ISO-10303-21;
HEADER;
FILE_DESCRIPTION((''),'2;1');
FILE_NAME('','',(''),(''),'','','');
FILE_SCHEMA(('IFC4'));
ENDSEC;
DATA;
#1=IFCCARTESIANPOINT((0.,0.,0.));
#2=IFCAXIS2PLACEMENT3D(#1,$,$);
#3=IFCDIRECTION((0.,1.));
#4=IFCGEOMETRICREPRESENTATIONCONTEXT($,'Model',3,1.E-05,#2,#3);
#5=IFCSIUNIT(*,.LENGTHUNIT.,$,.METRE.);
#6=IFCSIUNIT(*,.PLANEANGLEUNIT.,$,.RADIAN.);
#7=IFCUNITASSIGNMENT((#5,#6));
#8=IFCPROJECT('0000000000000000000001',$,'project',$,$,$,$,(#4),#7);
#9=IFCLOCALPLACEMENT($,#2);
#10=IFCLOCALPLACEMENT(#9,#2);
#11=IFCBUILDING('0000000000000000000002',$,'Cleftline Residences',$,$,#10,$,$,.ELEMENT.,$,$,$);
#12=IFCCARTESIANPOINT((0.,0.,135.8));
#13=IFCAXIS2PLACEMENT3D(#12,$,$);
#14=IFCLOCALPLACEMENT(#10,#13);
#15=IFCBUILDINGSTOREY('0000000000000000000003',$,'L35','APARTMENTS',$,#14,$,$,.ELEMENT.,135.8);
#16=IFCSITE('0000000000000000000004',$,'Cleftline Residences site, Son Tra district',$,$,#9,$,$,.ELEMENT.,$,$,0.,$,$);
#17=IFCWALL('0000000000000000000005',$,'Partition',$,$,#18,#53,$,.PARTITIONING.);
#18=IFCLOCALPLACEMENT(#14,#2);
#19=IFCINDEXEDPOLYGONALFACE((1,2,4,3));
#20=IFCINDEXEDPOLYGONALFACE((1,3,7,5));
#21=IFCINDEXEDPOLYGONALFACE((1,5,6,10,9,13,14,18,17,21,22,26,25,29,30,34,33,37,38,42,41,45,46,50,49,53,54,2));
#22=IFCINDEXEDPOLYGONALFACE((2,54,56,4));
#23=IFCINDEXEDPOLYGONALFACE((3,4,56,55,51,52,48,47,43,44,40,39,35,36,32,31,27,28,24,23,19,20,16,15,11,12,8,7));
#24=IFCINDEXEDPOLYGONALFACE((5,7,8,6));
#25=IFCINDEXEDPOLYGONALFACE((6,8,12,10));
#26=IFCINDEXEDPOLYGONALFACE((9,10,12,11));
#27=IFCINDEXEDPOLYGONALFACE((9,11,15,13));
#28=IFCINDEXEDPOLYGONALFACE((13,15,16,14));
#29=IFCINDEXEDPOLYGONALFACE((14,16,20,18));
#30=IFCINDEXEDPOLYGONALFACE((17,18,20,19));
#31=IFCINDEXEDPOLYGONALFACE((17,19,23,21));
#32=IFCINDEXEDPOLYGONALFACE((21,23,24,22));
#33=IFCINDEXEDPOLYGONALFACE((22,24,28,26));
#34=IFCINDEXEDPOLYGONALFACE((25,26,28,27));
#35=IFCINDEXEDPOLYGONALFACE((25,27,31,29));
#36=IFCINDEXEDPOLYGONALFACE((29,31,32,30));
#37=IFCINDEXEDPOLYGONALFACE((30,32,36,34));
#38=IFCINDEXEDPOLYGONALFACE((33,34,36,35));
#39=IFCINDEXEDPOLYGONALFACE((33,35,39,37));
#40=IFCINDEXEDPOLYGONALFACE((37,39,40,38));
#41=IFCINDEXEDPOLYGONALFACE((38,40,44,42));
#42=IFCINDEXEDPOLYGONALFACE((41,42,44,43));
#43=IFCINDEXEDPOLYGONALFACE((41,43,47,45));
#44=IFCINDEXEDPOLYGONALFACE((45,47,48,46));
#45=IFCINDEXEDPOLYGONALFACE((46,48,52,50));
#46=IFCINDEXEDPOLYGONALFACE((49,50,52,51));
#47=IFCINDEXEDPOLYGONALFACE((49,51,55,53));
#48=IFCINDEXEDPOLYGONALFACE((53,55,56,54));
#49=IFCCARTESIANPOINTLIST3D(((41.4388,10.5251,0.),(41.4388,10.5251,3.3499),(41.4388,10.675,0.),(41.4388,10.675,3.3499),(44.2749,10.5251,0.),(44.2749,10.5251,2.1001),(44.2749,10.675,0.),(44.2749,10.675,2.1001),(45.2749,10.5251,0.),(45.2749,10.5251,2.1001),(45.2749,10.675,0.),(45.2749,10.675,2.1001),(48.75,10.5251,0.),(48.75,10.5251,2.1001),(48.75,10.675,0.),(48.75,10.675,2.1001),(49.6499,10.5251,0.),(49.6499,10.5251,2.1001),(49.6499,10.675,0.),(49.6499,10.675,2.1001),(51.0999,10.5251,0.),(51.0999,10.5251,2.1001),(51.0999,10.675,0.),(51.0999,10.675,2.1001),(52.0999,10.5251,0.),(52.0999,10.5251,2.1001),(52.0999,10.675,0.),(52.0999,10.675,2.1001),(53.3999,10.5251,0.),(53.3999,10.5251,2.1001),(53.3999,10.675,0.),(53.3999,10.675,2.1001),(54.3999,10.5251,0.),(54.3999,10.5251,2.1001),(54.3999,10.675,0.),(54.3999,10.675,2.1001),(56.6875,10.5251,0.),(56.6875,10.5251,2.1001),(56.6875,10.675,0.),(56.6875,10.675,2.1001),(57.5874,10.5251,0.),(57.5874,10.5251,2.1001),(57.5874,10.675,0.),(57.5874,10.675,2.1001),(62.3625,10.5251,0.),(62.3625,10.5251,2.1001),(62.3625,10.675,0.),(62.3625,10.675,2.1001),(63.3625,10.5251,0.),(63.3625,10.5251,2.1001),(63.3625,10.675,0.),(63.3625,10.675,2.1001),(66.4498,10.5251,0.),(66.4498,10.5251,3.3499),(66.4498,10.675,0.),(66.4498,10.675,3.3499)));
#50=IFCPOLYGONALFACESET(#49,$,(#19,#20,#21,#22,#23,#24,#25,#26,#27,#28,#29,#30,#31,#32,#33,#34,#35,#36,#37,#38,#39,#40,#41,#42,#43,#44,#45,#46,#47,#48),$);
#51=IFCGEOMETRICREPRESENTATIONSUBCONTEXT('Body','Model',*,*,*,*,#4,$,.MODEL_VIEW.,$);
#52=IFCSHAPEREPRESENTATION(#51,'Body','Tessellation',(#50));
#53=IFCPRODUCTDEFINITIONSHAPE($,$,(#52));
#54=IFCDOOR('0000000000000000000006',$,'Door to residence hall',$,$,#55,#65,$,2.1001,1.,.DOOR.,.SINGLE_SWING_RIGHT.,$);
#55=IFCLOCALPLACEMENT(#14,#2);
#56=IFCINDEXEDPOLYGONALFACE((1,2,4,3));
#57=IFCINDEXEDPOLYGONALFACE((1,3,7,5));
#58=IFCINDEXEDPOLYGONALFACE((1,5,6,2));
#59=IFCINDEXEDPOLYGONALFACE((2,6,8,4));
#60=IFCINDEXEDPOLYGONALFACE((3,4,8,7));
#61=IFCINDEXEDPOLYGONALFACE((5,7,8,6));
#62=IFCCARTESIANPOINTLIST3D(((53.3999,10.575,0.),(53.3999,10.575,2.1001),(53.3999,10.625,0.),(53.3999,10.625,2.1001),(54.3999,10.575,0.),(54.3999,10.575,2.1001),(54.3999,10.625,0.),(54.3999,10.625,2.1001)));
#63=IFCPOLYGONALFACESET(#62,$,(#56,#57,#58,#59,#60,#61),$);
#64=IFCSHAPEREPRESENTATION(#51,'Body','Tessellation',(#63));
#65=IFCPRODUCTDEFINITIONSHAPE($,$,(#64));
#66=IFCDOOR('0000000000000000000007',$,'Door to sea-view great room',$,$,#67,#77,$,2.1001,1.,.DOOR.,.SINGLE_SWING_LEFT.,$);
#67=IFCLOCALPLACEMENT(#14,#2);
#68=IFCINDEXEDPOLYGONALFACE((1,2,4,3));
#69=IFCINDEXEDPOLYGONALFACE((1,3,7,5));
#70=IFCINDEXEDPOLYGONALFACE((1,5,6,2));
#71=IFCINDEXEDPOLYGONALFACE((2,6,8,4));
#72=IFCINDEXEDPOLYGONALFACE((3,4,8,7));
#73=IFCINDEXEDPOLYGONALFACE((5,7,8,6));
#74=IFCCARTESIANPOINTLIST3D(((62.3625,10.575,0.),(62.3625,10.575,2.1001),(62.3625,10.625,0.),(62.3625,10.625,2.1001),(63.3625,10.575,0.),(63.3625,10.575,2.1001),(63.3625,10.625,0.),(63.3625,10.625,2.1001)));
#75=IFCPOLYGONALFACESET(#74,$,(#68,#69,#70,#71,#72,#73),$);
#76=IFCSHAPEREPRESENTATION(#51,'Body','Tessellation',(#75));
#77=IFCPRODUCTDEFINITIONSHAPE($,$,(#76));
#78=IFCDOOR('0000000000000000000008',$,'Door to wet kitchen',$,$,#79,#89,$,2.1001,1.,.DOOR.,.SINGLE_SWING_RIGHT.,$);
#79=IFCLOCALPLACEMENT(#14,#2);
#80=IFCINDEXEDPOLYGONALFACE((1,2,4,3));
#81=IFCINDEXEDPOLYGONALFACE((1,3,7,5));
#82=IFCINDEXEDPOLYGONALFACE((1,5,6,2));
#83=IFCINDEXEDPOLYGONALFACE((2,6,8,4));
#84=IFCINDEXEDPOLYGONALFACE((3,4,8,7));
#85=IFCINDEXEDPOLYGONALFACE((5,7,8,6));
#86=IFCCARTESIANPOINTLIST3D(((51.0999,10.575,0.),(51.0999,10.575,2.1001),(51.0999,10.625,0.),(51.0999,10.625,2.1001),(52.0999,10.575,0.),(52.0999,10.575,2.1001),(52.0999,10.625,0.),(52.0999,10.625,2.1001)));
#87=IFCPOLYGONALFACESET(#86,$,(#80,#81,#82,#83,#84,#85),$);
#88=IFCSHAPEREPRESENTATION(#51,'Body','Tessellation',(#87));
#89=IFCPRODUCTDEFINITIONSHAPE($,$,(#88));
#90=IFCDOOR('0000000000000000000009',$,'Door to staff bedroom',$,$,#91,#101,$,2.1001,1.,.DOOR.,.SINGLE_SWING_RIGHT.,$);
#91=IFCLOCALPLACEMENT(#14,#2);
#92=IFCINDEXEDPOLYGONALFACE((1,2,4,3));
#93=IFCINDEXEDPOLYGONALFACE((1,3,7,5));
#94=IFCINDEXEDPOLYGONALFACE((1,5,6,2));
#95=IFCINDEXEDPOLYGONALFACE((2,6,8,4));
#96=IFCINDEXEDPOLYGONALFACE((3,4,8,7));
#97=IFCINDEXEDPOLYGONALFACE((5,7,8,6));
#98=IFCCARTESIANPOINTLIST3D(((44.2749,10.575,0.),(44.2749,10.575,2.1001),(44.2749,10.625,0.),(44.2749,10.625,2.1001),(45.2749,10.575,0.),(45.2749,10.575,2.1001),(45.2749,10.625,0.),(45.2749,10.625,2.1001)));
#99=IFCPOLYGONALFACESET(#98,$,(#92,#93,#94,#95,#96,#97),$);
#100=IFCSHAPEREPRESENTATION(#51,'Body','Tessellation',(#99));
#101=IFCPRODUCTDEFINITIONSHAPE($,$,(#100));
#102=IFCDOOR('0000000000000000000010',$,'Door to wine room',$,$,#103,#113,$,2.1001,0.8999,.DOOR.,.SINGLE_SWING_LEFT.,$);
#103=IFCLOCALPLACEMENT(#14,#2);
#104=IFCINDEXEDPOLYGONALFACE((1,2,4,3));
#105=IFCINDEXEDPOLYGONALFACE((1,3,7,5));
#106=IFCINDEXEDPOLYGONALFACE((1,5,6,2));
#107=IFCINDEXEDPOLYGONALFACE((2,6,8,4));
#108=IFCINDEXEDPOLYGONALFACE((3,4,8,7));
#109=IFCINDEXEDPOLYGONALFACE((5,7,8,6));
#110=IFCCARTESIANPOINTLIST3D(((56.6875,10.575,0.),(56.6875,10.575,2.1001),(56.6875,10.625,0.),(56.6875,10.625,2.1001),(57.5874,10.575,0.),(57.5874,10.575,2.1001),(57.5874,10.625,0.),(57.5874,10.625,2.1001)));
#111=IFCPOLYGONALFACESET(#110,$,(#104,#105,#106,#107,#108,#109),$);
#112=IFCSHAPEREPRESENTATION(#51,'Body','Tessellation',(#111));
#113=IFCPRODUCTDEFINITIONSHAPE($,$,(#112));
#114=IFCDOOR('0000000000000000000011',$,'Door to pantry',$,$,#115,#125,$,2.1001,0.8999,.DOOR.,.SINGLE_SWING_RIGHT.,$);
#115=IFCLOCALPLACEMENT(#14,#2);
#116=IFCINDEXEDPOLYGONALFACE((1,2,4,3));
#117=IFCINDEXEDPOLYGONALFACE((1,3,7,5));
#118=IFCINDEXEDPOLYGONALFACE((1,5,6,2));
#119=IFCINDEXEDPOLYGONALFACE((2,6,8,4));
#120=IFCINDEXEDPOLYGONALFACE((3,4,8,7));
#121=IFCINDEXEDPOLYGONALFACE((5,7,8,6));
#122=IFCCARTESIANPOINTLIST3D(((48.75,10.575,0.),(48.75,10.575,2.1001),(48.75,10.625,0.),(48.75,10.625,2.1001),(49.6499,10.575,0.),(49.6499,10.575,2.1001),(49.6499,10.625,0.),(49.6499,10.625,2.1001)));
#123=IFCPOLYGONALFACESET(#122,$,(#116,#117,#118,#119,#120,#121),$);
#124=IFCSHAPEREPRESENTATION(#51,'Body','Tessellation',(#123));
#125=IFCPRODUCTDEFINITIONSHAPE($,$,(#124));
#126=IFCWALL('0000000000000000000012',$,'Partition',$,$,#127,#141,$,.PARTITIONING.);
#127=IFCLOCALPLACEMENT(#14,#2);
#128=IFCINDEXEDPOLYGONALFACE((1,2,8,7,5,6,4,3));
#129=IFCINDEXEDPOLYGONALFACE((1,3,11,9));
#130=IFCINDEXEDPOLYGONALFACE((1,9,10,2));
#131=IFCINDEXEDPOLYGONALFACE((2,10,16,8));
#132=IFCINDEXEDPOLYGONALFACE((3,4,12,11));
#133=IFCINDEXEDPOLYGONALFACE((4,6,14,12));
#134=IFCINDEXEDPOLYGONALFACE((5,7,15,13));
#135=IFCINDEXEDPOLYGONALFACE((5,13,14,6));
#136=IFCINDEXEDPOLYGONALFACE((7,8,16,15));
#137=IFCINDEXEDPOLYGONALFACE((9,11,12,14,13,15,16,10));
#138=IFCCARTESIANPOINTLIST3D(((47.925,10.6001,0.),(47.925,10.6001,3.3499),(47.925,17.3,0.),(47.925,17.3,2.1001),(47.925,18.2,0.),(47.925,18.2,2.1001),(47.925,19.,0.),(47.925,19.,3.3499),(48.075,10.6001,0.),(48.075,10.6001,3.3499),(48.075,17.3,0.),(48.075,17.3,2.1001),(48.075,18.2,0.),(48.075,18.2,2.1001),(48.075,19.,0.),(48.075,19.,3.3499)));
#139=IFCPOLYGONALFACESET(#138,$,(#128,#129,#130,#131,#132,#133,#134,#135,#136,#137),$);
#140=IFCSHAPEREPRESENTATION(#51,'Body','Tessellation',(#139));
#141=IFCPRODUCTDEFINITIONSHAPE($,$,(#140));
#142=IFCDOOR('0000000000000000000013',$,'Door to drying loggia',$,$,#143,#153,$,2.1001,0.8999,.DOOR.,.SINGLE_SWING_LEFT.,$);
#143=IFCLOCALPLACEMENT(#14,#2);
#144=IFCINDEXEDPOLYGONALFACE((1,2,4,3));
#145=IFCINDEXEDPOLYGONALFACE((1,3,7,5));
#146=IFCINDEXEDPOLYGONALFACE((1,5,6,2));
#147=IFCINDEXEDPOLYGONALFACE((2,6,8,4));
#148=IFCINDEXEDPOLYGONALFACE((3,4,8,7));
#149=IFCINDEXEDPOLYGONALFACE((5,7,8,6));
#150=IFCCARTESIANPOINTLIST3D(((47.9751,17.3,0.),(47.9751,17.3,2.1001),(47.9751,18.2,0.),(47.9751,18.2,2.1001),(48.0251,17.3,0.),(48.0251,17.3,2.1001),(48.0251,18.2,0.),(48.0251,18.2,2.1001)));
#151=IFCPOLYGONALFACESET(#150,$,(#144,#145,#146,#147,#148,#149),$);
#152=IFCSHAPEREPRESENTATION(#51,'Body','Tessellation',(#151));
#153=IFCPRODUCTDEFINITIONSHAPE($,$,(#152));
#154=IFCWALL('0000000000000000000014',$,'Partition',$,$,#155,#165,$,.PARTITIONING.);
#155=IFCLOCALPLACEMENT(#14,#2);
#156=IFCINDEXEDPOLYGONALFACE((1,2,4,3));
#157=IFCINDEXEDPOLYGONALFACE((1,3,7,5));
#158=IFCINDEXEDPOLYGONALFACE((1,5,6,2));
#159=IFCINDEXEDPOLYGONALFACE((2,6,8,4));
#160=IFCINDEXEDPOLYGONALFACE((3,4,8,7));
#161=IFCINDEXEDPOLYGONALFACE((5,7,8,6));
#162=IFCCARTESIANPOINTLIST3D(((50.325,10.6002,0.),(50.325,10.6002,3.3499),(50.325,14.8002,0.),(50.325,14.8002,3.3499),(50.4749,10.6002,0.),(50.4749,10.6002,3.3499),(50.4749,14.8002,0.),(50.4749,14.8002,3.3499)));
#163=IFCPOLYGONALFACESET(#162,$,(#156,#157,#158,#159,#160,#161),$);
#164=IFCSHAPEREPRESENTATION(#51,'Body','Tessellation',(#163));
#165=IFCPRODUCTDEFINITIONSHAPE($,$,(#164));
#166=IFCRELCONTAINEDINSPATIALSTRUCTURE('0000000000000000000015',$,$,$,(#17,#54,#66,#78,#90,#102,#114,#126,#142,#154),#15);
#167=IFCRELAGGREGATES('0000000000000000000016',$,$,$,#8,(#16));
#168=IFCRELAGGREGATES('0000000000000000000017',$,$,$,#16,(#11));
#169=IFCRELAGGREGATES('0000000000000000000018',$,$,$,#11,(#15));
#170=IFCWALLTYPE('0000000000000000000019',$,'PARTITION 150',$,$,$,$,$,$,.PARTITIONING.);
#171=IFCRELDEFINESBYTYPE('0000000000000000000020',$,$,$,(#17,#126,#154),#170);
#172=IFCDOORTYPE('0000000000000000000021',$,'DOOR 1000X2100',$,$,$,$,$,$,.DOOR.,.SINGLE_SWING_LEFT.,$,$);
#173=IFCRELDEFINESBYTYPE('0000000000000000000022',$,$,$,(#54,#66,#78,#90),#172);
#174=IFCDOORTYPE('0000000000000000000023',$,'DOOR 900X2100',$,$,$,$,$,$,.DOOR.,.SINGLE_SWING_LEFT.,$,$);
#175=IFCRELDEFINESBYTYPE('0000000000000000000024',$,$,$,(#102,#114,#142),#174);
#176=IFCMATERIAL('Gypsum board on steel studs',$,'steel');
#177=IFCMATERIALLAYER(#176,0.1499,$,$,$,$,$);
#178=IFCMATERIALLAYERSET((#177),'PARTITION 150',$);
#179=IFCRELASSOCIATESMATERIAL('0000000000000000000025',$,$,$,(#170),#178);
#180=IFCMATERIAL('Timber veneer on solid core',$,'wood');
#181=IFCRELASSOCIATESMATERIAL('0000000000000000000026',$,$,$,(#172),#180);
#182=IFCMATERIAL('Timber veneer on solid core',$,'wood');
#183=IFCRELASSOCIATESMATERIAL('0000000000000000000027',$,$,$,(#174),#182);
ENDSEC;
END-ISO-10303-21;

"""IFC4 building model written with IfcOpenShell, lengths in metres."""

from ifc_helpers import new_model, si_unit, direction, frame, frame_2d, origin, place, context, subcontext, project, spatial, rectangle, extrude, material, layer, layer_set, type_object, element, fill, save


model = new_model("IFC4")

# Units and contexts
model_context = context("Model", 3, precision=1e-05, world=origin(), true_north=direction((0.0, 1.0)))
body_context = subcontext(model_context, "Body", "Model", "MODEL_VIEW")
ifc_project = project(units=[si_unit("LENGTHUNIT", "METRE"), si_unit("PLANEANGLEUNIT", "RADIAN")], contexts=[model_context])

# Site, building, storey
site_placement = place(None, origin())
site = spatial("IfcSite", under=ifc_project, at=site_placement, Name="Cleftline Residences site, Son Tra district", CompositionType="ELEMENT", RefElevation=0.0)
building_placement = place(site_placement, origin())
building = spatial("IfcBuilding", under=site, at=building_placement, Name="Cleftline Residences", CompositionType="ELEMENT")
storey_placement = place(building_placement, frame((0.0, 0.0, 135.8)))
storey = spatial("IfcBuildingStorey", under=building, at=storey_placement, Name="L35", Description="APARTMENTS", CompositionType="ELEMENT", Elevation=135.8)

# Shared definitions
ifc_material_1 = material(Name="Gypsum board on steel studs", Category="steel")
ifc_layer_1 = layer(ifc_material_1, 0.1499)
ifc_layer_set_1 = layer_set([ifc_layer_1], Name="PARTITION 150")
wall_type = type_object("IfcWallType", Name="PARTITION 150", PredefinedType="PARTITIONING", material=ifc_layer_set_1)
ifc_material_2 = material(Name="Timber veneer on solid core", Category="wood")
door_type_1 = type_object("IfcDoorType", Name="DOOR 1000X2100", OperationType="SINGLE_SWING_LEFT", PredefinedType="DOOR", material=ifc_material_2)

# Wall, openings, doors
wall_1_placement = place(storey_placement, frame((41.439, 10.6001, 0.0), z_axis=(0.0, 0.0, 1.0), x_axis=(1.0, 0.0, 0.0)))
wall_1 = element("IfcWall", 1, at=wall_1_placement, inside=storey, type_object=wall_type, Name="Partition", PredefinedType="PARTITIONING", context=body_context, shape_type="SweptSolid", body=[
    extrude(rectangle(XDim=25.011, YDim=0.1499, at=frame_2d((12.5054, 0.0))), origin(), (0.0, 0.0, 1.0), 3.3499),
])
opening_1_placement = place(wall_1_placement, frame((11.9609, 0.0, 0.0)))
opening_1 = element("IfcOpeningElement", 2, at=opening_1_placement, cuts=wall_1, PredefinedType="OPENING", context=body_context, shape_type="SweptSolid", body=[
    extrude(rectangle(XDim=1.0, YDim=2.1001, at=frame_2d((0.5, 1.05))), frame((0.0, 0.085, 0.0), z_axis=(0.0, -1.0, 0.0), x_axis=(1.0, 0.0, 0.0)), (0.0, 0.0, 1.0), 0.1699),
])
opening_2_placement = place(wall_1_placement, frame((20.9236, 0.0, 0.0)))
opening_2 = element("IfcOpeningElement", 3, at=opening_2_placement, cuts=wall_1, PredefinedType="OPENING", context=body_context, shape_type="SweptSolid", body=[
    extrude(rectangle(XDim=1.0, YDim=2.1001, at=frame_2d((0.5, 1.05))), frame((0.0, 0.085, 0.0), z_axis=(0.0, -1.0, 0.0), x_axis=(1.0, 0.0, 0.0)), (0.0, 0.0, 1.0), 0.1699),
])
opening_3_placement = place(wall_1_placement, frame((15.2485, 0.0, 0.0)))
opening_3 = element("IfcOpeningElement", 4, at=opening_3_placement, cuts=wall_1, PredefinedType="OPENING", context=body_context, shape_type="SweptSolid", body=[
    extrude(rectangle(XDim=0.8999, YDim=2.1001, at=frame_2d((0.45, 1.05))), frame((0.0, 0.085, 0.0), z_axis=(0.0, -1.0, 0.0), x_axis=(1.0, 0.0, 0.0)), (0.0, 0.0, 1.0), 0.1699),
])
opening_4_placement = place(wall_1_placement, frame((9.6609, 0.0, 0.0)))
opening_4 = element("IfcOpeningElement", 5, at=opening_4_placement, cuts=wall_1, PredefinedType="OPENING", context=body_context, shape_type="SweptSolid", body=[
    extrude(rectangle(XDim=1.0, YDim=2.1001, at=frame_2d((0.5, 1.05))), frame((0.0, 0.085, 0.0), z_axis=(0.0, -1.0, 0.0), x_axis=(1.0, 0.0, 0.0)), (0.0, 0.0, 1.0), 0.1699),
])
opening_5_placement = place(wall_1_placement, frame((7.311, 0.0, 0.0)))
opening_5 = element("IfcOpeningElement", 6, at=opening_5_placement, cuts=wall_1, PredefinedType="OPENING", context=body_context, shape_type="SweptSolid", body=[
    extrude(rectangle(XDim=0.8999, YDim=2.1001, at=frame_2d((0.45, 1.05))), frame((0.0, 0.085, 0.0), z_axis=(0.0, -1.0, 0.0), x_axis=(1.0, 0.0, 0.0)), (0.0, 0.0, 1.0), 0.1699),
])
opening_6_placement = place(wall_1_placement, frame((2.8359, 0.0, 0.0)))
opening_6 = element("IfcOpeningElement", 7, at=opening_6_placement, cuts=wall_1, PredefinedType="OPENING", context=body_context, shape_type="SweptSolid", body=[
    extrude(rectangle(XDim=1.0, YDim=2.1001, at=frame_2d((0.5, 1.05))), frame((0.0, 0.085, 0.0), z_axis=(0.0, -1.0, 0.0), x_axis=(1.0, 0.0, 0.0)), (0.0, 0.0, 1.0), 0.1699),
])
door_1_placement = place(opening_1_placement, origin())
door_1 = element("IfcDoor", 8, at=door_1_placement, inside=storey, type_object=door_type_1, Name="Door to residence hall", OperationType="SINGLE_SWING_RIGHT", OverallHeight=2.1001, OverallWidth=1.0, PredefinedType="DOOR", context=body_context, shape_type="SweptSolid", body=[
    extrude(rectangle(XDim=1.0, YDim=2.1001, at=frame_2d((0.5, 1.05))), frame((0.0, 0.0249, 0.0), z_axis=(0.0, -1.0, 0.0), x_axis=(1.0, 0.0, 0.0)), (0.0, 0.0, 1.0), 0.05),
])
fill(opening_1, door_1)
door_2_placement = place(opening_2_placement, origin())
door_2 = element("IfcDoor", 9, at=door_2_placement, inside=storey, type_object=door_type_1, Name="Door to sea-view great room", OperationType="SINGLE_SWING_LEFT", OverallHeight=2.1001, OverallWidth=1.0, PredefinedType="DOOR", context=body_context, shape_type="SweptSolid", body=[
    extrude(rectangle(XDim=1.0, YDim=2.1001, at=frame_2d((0.5, 1.05))), frame((0.0, 0.0249, 0.0), z_axis=(0.0, -1.0, 0.0), x_axis=(1.0, 0.0, 0.0)), (0.0, 0.0, 1.0), 0.05),
])
fill(opening_2, door_2)
door_3_placement = place(opening_4_placement, origin())
door_3 = element("IfcDoor", 10, at=door_3_placement, inside=storey, type_object=door_type_1, Name="Door to wet kitchen", OperationType="SINGLE_SWING_RIGHT", OverallHeight=2.1001, OverallWidth=1.0, PredefinedType="DOOR", context=body_context, shape_type="SweptSolid", body=[
    extrude(rectangle(XDim=1.0, YDim=2.1001, at=frame_2d((0.5, 1.05))), frame((0.0, 0.0249, 0.0), z_axis=(0.0, -1.0, 0.0), x_axis=(1.0, 0.0, 0.0)), (0.0, 0.0, 1.0), 0.05),
])
fill(opening_4, door_3)
door_4_placement = place(opening_6_placement, origin())
door_4 = element("IfcDoor", 11, at=door_4_placement, inside=storey, type_object=door_type_1, Name="Door to staff bedroom", OperationType="SINGLE_SWING_RIGHT", OverallHeight=2.1001, OverallWidth=1.0, PredefinedType="DOOR", context=body_context, shape_type="SweptSolid", body=[
    extrude(rectangle(XDim=1.0, YDim=2.1001, at=frame_2d((0.5, 1.05))), frame((0.0, 0.0249, 0.0), z_axis=(0.0, -1.0, 0.0), x_axis=(1.0, 0.0, 0.0)), (0.0, 0.0, 1.0), 0.05),
])
fill(opening_6, door_4)
ifc_material_3 = material(Name="Timber veneer on solid core", Category="wood")
door_type_2 = type_object("IfcDoorType", Name="DOOR 900X2100", OperationType="SINGLE_SWING_LEFT", PredefinedType="DOOR", material=ifc_material_3)
door_5_placement = place(opening_3_placement, origin())
door_5 = element("IfcDoor", 12, at=door_5_placement, inside=storey, type_object=door_type_2, Name="Door to wine room", OperationType="SINGLE_SWING_LEFT", OverallHeight=2.1001, OverallWidth=0.8999, PredefinedType="DOOR", context=body_context, shape_type="SweptSolid", body=[
    extrude(rectangle(XDim=0.8999, YDim=2.1001, at=frame_2d((0.45, 1.05))), frame((0.0, 0.0249, 0.0), z_axis=(0.0, -1.0, 0.0), x_axis=(1.0, 0.0, 0.0)), (0.0, 0.0, 1.0), 0.05),
])
fill(opening_3, door_5)
door_6_placement = place(opening_5_placement, origin())
door_6 = element("IfcDoor", 13, at=door_6_placement, inside=storey, type_object=door_type_2, Name="Door to pantry", OperationType="SINGLE_SWING_RIGHT", OverallHeight=2.1001, OverallWidth=0.8999, PredefinedType="DOOR", context=body_context, shape_type="SweptSolid", body=[
    extrude(rectangle(XDim=0.8999, YDim=2.1001, at=frame_2d((0.45, 1.05))), frame((0.0, 0.0249, 0.0), z_axis=(0.0, -1.0, 0.0), x_axis=(1.0, 0.0, 0.0)), (0.0, 0.0, 1.0), 0.05),
])
fill(opening_5, door_6)

# Wall, opening, door
wall_2_placement = place(storey_placement, frame((48.0, 10.6001, 0.0), z_axis=(0.0, 0.0, 1.0), x_axis=(0.0, 1.0, 0.0)))
wall_2 = element("IfcWall", 14, at=wall_2_placement, inside=storey, type_object=wall_type, Name="Partition", PredefinedType="PARTITIONING", context=body_context, shape_type="SweptSolid", body=[
    extrude(rectangle(XDim=8.3999, YDim=0.1499, at=frame_2d((4.2, 0.0))), origin(), (0.0, 0.0, 1.0), 3.3499),
])
opening_7_placement = place(wall_2_placement, frame((6.7, 0.0, 0.0)))
opening_7 = element("IfcOpeningElement", 15, at=opening_7_placement, cuts=wall_2, PredefinedType="OPENING", context=body_context, shape_type="SweptSolid", body=[
    extrude(rectangle(XDim=0.8999, YDim=2.1001, at=frame_2d((0.45, 1.05))), frame((0.0, 0.085, 0.0), z_axis=(0.0, -1.0, 0.0), x_axis=(1.0, 0.0, 0.0)), (0.0, 0.0, 1.0), 0.1699),
])
door_7_placement = place(opening_7_placement, origin())
door_7 = element("IfcDoor", 16, at=door_7_placement, inside=storey, type_object=door_type_2, Name="Door to drying loggia", OperationType="SINGLE_SWING_LEFT", OverallHeight=2.1001, OverallWidth=0.8999, PredefinedType="DOOR", context=body_context, shape_type="SweptSolid", body=[
    extrude(rectangle(XDim=0.8999, YDim=2.1001, at=frame_2d((0.45, 1.05))), frame((0.0, 0.0249, 0.0), z_axis=(0.0, -1.0, 0.0), x_axis=(1.0, 0.0, 0.0)), (0.0, 0.0, 1.0), 0.05),
])
fill(opening_7, door_7)

# Wall
wall_3_placement = place(storey_placement, frame((50.3999, 10.6001, 0.0), z_axis=(0.0, 0.0, 1.0), x_axis=(0.0, 1.0, 0.0)))
element("IfcWall", 17, at=wall_3_placement, inside=storey, type_object=wall_type, Name="Partition", PredefinedType="PARTITIONING", context=body_context, shape_type="SweptSolid", body=[
    extrude(rectangle(XDim=4.2, YDim=0.1499, at=frame_2d((2.1001, 0.0))), origin(), (0.0, 0.0, 1.0), 3.3499),
])

save(model, "model.ifc")
